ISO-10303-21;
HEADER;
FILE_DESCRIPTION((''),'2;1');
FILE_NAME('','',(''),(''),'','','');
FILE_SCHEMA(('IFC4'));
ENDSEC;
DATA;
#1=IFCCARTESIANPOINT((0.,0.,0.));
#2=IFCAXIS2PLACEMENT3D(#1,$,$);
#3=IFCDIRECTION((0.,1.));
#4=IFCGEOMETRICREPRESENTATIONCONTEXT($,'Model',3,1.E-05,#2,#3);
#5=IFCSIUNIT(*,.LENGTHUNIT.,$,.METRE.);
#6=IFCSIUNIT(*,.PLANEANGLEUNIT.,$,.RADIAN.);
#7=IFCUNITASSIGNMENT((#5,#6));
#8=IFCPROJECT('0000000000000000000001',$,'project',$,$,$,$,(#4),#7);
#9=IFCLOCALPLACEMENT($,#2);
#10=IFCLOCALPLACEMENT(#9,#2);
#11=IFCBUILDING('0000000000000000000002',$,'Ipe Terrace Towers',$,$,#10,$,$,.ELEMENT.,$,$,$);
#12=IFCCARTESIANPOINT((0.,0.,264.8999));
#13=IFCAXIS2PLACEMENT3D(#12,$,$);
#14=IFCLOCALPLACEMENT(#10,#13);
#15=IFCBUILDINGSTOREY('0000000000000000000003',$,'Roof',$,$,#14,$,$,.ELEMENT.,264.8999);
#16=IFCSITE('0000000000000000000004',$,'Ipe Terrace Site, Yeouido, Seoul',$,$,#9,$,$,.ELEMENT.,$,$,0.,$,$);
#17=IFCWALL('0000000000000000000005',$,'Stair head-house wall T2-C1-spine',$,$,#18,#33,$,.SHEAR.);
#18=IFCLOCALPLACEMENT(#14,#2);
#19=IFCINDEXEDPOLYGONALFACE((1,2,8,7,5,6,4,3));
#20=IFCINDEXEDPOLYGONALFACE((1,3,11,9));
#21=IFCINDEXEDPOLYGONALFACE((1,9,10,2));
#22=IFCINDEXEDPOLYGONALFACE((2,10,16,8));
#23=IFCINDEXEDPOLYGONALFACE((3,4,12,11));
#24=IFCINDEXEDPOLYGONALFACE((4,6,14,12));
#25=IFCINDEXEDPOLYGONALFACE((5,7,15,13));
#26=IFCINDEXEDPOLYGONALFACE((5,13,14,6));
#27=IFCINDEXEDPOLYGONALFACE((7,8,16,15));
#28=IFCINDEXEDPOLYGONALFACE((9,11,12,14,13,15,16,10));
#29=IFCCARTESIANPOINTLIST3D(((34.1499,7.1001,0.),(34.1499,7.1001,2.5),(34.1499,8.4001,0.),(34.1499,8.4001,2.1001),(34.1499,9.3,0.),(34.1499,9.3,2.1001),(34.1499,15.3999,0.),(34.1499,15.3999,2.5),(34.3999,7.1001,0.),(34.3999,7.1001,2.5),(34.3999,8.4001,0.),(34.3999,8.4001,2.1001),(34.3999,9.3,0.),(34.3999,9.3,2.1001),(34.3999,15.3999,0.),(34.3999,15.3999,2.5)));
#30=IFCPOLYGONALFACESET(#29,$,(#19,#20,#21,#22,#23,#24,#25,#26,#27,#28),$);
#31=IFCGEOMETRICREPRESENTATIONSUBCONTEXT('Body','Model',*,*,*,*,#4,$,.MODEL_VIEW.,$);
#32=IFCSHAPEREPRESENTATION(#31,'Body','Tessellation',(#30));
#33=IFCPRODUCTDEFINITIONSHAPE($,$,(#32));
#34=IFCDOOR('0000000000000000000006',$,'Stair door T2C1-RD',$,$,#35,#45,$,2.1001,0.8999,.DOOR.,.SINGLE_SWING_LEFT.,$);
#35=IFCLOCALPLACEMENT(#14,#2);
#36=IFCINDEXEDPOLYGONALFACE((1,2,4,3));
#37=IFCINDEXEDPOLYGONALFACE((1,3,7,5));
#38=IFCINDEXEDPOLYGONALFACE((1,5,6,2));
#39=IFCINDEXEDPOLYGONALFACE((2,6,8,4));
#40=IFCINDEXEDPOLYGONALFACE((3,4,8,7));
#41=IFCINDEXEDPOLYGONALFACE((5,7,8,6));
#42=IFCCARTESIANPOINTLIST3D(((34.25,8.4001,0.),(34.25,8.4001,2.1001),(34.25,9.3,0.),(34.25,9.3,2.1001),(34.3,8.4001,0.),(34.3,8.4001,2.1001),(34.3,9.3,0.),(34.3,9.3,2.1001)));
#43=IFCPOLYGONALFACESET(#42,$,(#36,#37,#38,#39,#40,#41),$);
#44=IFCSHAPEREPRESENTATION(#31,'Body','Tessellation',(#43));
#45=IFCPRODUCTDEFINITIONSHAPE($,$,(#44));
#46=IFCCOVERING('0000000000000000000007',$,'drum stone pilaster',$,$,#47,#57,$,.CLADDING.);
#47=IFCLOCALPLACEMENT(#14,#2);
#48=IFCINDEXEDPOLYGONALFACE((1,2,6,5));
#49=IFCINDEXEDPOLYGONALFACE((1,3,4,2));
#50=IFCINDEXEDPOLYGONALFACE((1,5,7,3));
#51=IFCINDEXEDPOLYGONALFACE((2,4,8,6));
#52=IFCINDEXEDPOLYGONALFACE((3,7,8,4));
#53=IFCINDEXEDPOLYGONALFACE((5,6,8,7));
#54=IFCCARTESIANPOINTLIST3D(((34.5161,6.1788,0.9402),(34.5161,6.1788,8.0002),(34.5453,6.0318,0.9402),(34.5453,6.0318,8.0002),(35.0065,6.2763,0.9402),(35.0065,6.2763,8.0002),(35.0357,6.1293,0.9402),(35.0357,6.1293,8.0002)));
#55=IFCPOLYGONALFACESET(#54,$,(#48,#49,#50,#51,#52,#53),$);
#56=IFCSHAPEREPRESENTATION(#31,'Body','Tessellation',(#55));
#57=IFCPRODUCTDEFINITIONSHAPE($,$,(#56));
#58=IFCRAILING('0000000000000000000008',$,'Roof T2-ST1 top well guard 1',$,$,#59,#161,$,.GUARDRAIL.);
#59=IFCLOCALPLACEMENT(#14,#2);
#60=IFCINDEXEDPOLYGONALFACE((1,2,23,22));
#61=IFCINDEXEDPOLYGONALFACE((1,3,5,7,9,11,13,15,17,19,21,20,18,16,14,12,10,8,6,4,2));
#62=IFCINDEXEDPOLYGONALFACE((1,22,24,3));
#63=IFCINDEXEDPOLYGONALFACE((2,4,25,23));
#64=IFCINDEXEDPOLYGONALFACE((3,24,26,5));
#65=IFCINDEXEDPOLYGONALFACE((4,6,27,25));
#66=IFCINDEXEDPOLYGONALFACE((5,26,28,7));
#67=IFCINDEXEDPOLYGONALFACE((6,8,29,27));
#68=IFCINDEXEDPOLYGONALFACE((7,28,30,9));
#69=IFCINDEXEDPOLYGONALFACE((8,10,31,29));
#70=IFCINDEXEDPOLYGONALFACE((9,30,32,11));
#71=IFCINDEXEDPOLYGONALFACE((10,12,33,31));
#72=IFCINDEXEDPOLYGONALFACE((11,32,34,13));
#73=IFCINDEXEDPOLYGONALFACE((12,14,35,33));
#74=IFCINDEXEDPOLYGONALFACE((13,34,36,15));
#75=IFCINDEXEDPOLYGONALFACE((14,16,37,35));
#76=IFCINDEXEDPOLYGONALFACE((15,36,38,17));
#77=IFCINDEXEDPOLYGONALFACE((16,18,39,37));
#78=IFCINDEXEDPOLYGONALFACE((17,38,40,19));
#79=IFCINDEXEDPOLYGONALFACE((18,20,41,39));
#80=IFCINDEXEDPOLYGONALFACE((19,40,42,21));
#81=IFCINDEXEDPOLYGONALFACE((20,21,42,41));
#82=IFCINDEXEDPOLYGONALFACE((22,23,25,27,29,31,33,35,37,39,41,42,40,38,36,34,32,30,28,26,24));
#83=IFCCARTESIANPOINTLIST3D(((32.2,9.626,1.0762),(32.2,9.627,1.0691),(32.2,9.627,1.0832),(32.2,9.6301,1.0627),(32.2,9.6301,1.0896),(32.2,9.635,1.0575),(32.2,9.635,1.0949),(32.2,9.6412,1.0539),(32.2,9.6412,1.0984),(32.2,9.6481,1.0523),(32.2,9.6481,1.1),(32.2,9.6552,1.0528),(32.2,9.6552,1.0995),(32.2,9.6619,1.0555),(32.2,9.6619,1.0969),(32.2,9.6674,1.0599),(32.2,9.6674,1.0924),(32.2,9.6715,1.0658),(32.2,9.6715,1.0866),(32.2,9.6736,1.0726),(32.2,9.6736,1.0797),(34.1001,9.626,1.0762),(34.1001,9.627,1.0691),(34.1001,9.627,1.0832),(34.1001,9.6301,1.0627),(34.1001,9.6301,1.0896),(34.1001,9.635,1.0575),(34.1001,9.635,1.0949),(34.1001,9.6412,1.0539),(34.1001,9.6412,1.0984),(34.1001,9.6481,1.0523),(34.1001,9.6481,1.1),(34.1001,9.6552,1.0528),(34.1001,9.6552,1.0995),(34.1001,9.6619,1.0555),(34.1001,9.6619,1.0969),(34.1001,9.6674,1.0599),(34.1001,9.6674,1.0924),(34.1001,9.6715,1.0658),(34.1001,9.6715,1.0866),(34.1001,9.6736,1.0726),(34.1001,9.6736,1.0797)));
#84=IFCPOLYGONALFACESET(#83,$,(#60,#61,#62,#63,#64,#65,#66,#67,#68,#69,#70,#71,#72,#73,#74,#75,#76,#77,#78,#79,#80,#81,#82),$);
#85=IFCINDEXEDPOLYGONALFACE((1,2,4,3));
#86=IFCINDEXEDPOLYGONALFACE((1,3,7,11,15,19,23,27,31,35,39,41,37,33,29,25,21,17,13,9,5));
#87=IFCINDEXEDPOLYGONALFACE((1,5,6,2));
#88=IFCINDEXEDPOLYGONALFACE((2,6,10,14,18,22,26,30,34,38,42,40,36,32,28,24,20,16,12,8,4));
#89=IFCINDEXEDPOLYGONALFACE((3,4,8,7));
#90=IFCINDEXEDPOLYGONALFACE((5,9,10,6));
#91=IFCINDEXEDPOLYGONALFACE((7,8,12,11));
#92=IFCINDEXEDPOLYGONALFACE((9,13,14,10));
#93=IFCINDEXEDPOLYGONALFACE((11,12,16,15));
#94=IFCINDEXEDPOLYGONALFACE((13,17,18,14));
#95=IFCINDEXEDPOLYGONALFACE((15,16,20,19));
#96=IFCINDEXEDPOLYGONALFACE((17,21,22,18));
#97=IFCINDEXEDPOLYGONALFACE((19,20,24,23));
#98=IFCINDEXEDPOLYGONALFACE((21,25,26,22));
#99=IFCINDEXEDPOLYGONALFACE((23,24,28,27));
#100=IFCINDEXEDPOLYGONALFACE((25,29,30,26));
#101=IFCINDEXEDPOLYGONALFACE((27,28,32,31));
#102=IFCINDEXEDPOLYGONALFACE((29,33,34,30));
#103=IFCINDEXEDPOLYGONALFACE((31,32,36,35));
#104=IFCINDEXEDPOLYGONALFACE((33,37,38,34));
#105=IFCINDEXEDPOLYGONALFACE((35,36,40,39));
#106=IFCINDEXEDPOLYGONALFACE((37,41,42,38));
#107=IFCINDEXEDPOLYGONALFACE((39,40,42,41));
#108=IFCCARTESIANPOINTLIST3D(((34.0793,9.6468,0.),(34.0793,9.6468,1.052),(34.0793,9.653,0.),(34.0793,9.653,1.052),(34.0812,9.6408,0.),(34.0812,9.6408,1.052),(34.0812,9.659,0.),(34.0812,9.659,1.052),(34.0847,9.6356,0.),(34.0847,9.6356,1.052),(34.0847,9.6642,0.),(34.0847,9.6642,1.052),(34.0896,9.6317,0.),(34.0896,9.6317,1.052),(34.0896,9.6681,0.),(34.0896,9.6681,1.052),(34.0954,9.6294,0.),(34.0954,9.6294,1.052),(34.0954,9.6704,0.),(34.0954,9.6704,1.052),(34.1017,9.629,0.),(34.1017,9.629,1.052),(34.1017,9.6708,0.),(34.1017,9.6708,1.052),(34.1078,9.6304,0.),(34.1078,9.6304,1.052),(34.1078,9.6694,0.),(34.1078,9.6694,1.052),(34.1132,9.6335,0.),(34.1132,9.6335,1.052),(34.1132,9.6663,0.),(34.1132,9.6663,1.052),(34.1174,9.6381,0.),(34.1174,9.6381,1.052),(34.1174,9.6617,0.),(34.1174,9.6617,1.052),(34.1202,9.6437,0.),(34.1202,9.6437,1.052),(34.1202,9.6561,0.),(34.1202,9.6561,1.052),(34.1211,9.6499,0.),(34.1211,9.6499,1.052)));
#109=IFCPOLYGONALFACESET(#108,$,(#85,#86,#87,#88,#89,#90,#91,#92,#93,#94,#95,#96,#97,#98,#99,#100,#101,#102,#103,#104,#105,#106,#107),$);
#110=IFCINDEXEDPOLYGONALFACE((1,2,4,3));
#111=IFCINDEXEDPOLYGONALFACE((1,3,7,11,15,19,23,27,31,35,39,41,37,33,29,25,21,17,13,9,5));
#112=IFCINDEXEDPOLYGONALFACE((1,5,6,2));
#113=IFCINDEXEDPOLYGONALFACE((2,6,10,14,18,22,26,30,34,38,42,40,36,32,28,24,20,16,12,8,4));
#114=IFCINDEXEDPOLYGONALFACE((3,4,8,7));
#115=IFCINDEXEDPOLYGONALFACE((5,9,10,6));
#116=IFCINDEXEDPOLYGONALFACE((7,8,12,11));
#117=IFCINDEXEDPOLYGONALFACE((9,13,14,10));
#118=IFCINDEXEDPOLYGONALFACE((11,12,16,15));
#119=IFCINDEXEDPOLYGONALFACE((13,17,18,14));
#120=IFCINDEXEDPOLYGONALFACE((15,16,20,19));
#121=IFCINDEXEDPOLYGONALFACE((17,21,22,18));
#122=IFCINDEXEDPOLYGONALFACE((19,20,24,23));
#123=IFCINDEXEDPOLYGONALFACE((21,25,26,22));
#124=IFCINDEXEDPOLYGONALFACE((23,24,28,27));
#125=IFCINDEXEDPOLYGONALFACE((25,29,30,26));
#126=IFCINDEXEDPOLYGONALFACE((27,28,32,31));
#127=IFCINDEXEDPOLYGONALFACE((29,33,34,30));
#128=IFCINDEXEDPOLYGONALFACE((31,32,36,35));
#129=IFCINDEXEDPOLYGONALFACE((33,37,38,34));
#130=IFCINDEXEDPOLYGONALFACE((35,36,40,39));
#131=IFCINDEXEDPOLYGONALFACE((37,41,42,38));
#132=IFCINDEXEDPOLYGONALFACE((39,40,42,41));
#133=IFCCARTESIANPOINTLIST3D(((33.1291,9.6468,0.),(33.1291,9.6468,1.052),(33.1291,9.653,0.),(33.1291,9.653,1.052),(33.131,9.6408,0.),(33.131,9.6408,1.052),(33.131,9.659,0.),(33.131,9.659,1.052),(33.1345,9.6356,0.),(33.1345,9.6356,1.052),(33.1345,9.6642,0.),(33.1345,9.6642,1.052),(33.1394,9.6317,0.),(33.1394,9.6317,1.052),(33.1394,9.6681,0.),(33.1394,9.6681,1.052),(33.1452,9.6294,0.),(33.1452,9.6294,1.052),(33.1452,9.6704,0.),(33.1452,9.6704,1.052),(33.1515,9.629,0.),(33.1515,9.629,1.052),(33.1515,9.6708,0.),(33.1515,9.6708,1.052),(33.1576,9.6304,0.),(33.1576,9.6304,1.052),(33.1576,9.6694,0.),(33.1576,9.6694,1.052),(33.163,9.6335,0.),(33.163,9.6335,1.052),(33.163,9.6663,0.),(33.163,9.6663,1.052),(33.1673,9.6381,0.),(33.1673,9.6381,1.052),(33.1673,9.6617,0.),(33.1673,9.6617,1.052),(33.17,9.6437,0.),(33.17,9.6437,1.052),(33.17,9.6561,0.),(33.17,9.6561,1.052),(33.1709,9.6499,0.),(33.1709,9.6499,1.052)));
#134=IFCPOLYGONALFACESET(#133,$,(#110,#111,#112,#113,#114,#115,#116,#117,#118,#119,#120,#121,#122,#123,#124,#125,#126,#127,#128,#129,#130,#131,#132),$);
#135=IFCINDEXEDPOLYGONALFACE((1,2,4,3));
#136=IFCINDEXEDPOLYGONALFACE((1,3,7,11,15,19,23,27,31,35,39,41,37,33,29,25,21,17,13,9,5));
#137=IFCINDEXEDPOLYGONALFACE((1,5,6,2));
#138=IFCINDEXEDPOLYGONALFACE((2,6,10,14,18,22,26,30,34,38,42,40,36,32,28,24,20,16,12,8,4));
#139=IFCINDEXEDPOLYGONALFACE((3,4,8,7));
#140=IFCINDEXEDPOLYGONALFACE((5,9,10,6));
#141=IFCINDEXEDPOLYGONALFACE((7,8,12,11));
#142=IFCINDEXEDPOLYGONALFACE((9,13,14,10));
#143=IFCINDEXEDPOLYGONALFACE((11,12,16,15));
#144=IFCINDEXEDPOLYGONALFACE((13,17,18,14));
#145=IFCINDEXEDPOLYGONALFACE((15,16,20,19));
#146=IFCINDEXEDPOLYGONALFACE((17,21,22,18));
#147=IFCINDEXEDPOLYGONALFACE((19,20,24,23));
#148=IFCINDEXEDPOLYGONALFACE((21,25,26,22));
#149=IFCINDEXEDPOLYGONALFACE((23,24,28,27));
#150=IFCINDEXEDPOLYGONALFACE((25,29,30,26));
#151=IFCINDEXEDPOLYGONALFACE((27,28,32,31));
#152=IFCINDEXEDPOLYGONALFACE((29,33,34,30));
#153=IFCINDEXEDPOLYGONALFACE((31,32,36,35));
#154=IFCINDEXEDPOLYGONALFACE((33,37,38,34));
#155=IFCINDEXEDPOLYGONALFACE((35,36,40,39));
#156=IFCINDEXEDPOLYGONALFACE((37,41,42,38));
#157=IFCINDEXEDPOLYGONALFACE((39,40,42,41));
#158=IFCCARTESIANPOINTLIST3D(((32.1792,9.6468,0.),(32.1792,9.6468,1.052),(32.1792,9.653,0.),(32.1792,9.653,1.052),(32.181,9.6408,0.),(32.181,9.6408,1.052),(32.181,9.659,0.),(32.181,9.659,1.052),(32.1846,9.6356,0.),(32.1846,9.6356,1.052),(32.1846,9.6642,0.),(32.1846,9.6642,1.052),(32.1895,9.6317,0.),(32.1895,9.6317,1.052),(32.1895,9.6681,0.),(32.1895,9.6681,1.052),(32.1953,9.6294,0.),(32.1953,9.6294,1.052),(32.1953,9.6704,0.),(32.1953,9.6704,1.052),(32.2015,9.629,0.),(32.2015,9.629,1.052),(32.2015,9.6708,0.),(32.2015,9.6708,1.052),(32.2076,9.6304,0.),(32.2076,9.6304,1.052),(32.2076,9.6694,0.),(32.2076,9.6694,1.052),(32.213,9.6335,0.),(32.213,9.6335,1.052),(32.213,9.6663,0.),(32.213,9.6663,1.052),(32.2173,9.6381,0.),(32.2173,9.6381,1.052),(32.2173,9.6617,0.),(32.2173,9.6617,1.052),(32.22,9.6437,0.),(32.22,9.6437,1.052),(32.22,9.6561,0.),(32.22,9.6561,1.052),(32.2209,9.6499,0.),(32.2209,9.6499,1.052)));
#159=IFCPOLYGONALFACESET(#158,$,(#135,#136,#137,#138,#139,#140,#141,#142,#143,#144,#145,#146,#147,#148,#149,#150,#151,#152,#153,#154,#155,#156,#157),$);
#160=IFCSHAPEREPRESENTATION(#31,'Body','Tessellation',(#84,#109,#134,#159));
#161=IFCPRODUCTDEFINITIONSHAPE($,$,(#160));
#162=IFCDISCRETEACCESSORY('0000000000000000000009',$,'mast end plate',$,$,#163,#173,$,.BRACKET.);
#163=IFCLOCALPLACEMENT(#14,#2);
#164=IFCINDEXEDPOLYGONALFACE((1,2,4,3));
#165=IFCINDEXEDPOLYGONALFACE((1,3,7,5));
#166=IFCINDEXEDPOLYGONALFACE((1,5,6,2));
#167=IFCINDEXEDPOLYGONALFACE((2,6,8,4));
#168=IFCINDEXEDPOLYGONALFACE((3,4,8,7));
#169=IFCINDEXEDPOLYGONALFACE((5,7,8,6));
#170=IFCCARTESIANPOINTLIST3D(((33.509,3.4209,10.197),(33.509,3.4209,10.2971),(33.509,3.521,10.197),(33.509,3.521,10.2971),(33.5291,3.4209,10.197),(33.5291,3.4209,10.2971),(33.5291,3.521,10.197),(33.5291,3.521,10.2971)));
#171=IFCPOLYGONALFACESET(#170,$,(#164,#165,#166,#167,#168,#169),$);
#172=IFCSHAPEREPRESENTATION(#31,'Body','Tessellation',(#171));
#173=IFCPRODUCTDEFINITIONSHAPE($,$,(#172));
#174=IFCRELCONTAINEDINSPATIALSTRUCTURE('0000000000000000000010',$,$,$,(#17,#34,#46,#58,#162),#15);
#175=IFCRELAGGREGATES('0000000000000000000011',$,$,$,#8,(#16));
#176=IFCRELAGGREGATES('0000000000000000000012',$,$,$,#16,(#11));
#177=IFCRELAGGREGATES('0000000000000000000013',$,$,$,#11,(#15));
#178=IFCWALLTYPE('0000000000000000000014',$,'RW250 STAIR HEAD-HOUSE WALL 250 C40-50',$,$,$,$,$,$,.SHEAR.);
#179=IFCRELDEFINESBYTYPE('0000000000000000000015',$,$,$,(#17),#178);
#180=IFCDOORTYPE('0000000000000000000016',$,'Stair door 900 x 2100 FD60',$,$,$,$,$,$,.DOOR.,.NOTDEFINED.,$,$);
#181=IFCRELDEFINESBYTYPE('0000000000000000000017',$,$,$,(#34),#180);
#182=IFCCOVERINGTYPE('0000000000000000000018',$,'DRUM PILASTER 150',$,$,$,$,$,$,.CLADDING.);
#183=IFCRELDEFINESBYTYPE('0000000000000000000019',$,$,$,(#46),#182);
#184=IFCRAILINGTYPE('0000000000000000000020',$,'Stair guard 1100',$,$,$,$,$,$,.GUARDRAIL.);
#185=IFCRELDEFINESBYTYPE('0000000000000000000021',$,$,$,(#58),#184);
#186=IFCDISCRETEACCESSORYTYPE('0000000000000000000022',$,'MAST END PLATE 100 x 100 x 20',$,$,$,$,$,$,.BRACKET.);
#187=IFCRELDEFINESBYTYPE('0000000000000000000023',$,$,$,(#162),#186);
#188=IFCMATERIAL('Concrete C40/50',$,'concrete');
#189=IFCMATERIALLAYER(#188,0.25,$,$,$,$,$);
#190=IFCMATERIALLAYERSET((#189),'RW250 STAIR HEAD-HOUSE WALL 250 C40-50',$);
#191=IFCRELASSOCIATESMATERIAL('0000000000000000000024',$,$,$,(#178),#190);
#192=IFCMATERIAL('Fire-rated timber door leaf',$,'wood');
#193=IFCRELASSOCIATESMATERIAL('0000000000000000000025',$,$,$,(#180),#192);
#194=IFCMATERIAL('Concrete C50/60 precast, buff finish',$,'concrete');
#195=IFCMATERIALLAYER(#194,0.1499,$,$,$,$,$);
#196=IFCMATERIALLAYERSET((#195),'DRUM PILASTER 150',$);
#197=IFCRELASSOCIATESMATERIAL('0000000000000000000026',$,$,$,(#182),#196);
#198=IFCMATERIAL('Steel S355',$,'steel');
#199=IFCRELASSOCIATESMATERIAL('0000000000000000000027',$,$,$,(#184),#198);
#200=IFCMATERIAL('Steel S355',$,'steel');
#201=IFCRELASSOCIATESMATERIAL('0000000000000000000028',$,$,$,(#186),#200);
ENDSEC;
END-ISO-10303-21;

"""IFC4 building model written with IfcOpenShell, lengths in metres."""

from ifc_helpers import new_model, si_unit, direction, frame, frame_2d, origin, origin_2d, place, context, subcontext, project, spatial, rectangle, circle, extrude, material, layer, layer_set, material_profile, profile_set, type_object, element, fill, save


model = new_model("IFC4")

# Units and contexts
model_context = context("Model", 3, precision=1e-05, world=origin(), true_north=direction((0.0, 1.0)))
body_context = subcontext(model_context, "Body", "Model", "MODEL_VIEW")
ifc_project = project(units=[si_unit("LENGTHUNIT", "METRE"), si_unit("PLANEANGLEUNIT", "RADIAN")], contexts=[model_context])

# Site, building, storey
site_placement = place(None, origin())
site = spatial("IfcSite", under=ifc_project, at=site_placement, Name="Ipe Terrace Site, Yeouido, Seoul", CompositionType="ELEMENT", RefElevation=0.0)
building_placement = place(site_placement, origin())
building = spatial("IfcBuilding", under=site, at=building_placement, Name="Ipe Terrace Towers", CompositionType="ELEMENT")
storey_placement = place(building_placement, frame((0.0, 0.0, 264.8999)))
storey = spatial("IfcBuildingStorey", under=building, at=storey_placement, Name="Roof", CompositionType="ELEMENT", Elevation=264.8999)

# Shared definitions
ifc_material_1 = material(Name="Concrete C40/50", Category="concrete")
ifc_layer_1 = layer(ifc_material_1, 0.25)
ifc_layer_set_1 = layer_set([ifc_layer_1], Name="RW250 STAIR HEAD-HOUSE WALL 250 C40-50")
wall_type_1 = type_object("IfcWallType", Name="RW250 STAIR HEAD-HOUSE WALL 250 C40-50", PredefinedType="SHEAR", material=ifc_layer_set_1)

# Wall, opening, door
wall_1_placement = place(storey_placement, frame((34.2749, 7.1001, 0.0), z_axis=(0.0, 0.0, 1.0), x_axis=(0.0, 1.0, 0.0)))
wall_1 = element("IfcWall", 1, at=wall_1_placement, inside=storey, type_object=wall_type_1, Name="Stair head-house wall T2-C1-spine", PredefinedType="SHEAR", context=body_context, shape_type="SweptSolid", body=[
    extrude(rectangle(XDim=8.2998, YDim=0.25, at=frame_2d((4.1499, 0.0))), origin(), (0.0, 0.0, 1.0), 2.5),
])
opening_1_placement = place(wall_1_placement, frame((1.3, 0.0, 0.0)))
opening_1 = element("IfcOpeningElement", 2, at=opening_1_placement, cuts=wall_1, PredefinedType="OPENING", context=body_context, shape_type="SweptSolid", body=[
    extrude(rectangle(XDim=0.8999, YDim=2.1001, at=frame_2d((0.45, 1.05))), frame((0.0, 0.135, 0.0), z_axis=(0.0, -1.0, 0.0), x_axis=(1.0, 0.0, 0.0)), (0.0, 0.0, 1.0), 0.27),
])
ifc_material_2 = material(Name="Fire-rated timber door leaf", Category="wood")
door_type = type_object("IfcDoorType", Name="Stair door 900 x 2100 FD60", OperationType="NOTDEFINED", PredefinedType="DOOR", material=ifc_material_2)
door_placement = place(opening_1_placement, origin())
door = element("IfcDoor", 3, at=door_placement, inside=storey, type_object=door_type, Name="Stair door T2C1-RD", OperationType="SINGLE_SWING_LEFT", OverallHeight=2.1001, OverallWidth=0.8999, PredefinedType="DOOR", context=body_context, shape_type="SweptSolid", body=[
    extrude(rectangle(XDim=0.8999, YDim=2.1001, at=frame_2d((0.45, 1.05))), frame((0.0, 0.0249, 0.0), z_axis=(0.0, -1.0, 0.0), x_axis=(1.0, 0.0, 0.0)), (0.0, 0.0, 1.0), 0.05),
])
fill(opening_1, door)

# Covering
ifc_material_3 = material(Name="Concrete C50/60 precast, buff finish", Category="concrete")
ifc_layer_2 = layer(ifc_material_3, 0.1499)
ifc_layer_set_2 = layer_set([ifc_layer_2], Name="DRUM PILASTER 150")
covering_type = type_object("IfcCoveringType", Name="DRUM PILASTER 150", PredefinedType="CLADDING", material=ifc_layer_set_2)
covering_placement = place(storey_placement, frame((34.7759, 6.1541, 0.9402), z_axis=(0.0, 0.0, 1.0), x_axis=(-0.19509, 0.980785, 0.0)))
element("IfcCovering", 4, at=covering_placement, inside=storey, type_object=covering_type, Name="drum stone pilaster", PredefinedType="CLADDING", context=body_context, shape_type="SweptSolid", body=[
    extrude(rectangle(XDim=0.1499, YDim=0.5, at=origin_2d()), origin(), (0.0, 0.0, 1.0), 7.0601),
])

# Railing
ifc_material_4 = material(Name="Steel S355", Category="steel")
railing_type = type_object("IfcRailingType", Name="Stair guard 1100", PredefinedType="GUARDRAIL", material=ifc_material_4)
railing_placement = place(storey_placement, frame((34.1001, 9.6499, 0.0)))
element("IfcRailing", 5, at=railing_placement, inside=storey, type_object=railing_type, Name="Roof T2-ST1 top well guard 1", PredefinedType="GUARDRAIL", context=body_context, shape_type="SweptSolid", body=[
    extrude(circle(Radius=0.0239, at=origin_2d()), frame((0.0, 0.0, 1.0762), z_axis=(-1.0, 0.0, 0.0), x_axis=(0.0, -1.0, 0.0)), (0.0, 0.0, 1.0), 1.9001),
    extrude(circle(Radius=0.021, at=origin_2d()), origin(), (0.0, 0.0, 1.0), 1.052),
    extrude(circle(Radius=0.021, at=origin_2d()), frame((-0.9502, 0.0, 0.0)), (0.0, 0.0, 1.0), 1.052),
    extrude(circle(Radius=0.021, at=origin_2d()), frame((-1.9001, 0.0, 0.0)), (0.0, 0.0, 1.0), 1.052),
])

# Discrete accessory
ifc_material_5 = material(Name="Steel S355", Category="steel")
ifc_material_profile_1 = material_profile(ifc_material_5, rectangle(XDim=0.1001, YDim=0.1001, at=origin_2d()), Name="MAST END PLATE 100 x 100 x 20")
ifc_profile_set_1 = profile_set([ifc_material_profile_1], Name="Steel S355")
discrete_accessory_type_1 = type_object("IfcDiscreteAccessoryType", Name="MAST END PLATE 100 x 100 x 20", PredefinedType="BRACKET", material=ifc_profile_set_1)
discrete_accessory_1_placement = place(storey_placement, frame((33.5291, 3.4709, 10.2471), z_axis=(-1.0, 0.0, 0.0), x_axis=(0.0, -1.0, 0.0)))
element("IfcDiscreteAccessory", 6, at=discrete_accessory_1_placement, inside=storey, type_object=discrete_accessory_type_1, Name="mast end plate", PredefinedType="BRACKET", context=body_context, shape_type="SweptSolid", body=[
    extrude(rectangle(XDim=0.1001, YDim=0.1001, at=origin_2d()), origin(), (0.0, 0.0, 1.0), 0.02),
])

save(model, "model.ifc")
